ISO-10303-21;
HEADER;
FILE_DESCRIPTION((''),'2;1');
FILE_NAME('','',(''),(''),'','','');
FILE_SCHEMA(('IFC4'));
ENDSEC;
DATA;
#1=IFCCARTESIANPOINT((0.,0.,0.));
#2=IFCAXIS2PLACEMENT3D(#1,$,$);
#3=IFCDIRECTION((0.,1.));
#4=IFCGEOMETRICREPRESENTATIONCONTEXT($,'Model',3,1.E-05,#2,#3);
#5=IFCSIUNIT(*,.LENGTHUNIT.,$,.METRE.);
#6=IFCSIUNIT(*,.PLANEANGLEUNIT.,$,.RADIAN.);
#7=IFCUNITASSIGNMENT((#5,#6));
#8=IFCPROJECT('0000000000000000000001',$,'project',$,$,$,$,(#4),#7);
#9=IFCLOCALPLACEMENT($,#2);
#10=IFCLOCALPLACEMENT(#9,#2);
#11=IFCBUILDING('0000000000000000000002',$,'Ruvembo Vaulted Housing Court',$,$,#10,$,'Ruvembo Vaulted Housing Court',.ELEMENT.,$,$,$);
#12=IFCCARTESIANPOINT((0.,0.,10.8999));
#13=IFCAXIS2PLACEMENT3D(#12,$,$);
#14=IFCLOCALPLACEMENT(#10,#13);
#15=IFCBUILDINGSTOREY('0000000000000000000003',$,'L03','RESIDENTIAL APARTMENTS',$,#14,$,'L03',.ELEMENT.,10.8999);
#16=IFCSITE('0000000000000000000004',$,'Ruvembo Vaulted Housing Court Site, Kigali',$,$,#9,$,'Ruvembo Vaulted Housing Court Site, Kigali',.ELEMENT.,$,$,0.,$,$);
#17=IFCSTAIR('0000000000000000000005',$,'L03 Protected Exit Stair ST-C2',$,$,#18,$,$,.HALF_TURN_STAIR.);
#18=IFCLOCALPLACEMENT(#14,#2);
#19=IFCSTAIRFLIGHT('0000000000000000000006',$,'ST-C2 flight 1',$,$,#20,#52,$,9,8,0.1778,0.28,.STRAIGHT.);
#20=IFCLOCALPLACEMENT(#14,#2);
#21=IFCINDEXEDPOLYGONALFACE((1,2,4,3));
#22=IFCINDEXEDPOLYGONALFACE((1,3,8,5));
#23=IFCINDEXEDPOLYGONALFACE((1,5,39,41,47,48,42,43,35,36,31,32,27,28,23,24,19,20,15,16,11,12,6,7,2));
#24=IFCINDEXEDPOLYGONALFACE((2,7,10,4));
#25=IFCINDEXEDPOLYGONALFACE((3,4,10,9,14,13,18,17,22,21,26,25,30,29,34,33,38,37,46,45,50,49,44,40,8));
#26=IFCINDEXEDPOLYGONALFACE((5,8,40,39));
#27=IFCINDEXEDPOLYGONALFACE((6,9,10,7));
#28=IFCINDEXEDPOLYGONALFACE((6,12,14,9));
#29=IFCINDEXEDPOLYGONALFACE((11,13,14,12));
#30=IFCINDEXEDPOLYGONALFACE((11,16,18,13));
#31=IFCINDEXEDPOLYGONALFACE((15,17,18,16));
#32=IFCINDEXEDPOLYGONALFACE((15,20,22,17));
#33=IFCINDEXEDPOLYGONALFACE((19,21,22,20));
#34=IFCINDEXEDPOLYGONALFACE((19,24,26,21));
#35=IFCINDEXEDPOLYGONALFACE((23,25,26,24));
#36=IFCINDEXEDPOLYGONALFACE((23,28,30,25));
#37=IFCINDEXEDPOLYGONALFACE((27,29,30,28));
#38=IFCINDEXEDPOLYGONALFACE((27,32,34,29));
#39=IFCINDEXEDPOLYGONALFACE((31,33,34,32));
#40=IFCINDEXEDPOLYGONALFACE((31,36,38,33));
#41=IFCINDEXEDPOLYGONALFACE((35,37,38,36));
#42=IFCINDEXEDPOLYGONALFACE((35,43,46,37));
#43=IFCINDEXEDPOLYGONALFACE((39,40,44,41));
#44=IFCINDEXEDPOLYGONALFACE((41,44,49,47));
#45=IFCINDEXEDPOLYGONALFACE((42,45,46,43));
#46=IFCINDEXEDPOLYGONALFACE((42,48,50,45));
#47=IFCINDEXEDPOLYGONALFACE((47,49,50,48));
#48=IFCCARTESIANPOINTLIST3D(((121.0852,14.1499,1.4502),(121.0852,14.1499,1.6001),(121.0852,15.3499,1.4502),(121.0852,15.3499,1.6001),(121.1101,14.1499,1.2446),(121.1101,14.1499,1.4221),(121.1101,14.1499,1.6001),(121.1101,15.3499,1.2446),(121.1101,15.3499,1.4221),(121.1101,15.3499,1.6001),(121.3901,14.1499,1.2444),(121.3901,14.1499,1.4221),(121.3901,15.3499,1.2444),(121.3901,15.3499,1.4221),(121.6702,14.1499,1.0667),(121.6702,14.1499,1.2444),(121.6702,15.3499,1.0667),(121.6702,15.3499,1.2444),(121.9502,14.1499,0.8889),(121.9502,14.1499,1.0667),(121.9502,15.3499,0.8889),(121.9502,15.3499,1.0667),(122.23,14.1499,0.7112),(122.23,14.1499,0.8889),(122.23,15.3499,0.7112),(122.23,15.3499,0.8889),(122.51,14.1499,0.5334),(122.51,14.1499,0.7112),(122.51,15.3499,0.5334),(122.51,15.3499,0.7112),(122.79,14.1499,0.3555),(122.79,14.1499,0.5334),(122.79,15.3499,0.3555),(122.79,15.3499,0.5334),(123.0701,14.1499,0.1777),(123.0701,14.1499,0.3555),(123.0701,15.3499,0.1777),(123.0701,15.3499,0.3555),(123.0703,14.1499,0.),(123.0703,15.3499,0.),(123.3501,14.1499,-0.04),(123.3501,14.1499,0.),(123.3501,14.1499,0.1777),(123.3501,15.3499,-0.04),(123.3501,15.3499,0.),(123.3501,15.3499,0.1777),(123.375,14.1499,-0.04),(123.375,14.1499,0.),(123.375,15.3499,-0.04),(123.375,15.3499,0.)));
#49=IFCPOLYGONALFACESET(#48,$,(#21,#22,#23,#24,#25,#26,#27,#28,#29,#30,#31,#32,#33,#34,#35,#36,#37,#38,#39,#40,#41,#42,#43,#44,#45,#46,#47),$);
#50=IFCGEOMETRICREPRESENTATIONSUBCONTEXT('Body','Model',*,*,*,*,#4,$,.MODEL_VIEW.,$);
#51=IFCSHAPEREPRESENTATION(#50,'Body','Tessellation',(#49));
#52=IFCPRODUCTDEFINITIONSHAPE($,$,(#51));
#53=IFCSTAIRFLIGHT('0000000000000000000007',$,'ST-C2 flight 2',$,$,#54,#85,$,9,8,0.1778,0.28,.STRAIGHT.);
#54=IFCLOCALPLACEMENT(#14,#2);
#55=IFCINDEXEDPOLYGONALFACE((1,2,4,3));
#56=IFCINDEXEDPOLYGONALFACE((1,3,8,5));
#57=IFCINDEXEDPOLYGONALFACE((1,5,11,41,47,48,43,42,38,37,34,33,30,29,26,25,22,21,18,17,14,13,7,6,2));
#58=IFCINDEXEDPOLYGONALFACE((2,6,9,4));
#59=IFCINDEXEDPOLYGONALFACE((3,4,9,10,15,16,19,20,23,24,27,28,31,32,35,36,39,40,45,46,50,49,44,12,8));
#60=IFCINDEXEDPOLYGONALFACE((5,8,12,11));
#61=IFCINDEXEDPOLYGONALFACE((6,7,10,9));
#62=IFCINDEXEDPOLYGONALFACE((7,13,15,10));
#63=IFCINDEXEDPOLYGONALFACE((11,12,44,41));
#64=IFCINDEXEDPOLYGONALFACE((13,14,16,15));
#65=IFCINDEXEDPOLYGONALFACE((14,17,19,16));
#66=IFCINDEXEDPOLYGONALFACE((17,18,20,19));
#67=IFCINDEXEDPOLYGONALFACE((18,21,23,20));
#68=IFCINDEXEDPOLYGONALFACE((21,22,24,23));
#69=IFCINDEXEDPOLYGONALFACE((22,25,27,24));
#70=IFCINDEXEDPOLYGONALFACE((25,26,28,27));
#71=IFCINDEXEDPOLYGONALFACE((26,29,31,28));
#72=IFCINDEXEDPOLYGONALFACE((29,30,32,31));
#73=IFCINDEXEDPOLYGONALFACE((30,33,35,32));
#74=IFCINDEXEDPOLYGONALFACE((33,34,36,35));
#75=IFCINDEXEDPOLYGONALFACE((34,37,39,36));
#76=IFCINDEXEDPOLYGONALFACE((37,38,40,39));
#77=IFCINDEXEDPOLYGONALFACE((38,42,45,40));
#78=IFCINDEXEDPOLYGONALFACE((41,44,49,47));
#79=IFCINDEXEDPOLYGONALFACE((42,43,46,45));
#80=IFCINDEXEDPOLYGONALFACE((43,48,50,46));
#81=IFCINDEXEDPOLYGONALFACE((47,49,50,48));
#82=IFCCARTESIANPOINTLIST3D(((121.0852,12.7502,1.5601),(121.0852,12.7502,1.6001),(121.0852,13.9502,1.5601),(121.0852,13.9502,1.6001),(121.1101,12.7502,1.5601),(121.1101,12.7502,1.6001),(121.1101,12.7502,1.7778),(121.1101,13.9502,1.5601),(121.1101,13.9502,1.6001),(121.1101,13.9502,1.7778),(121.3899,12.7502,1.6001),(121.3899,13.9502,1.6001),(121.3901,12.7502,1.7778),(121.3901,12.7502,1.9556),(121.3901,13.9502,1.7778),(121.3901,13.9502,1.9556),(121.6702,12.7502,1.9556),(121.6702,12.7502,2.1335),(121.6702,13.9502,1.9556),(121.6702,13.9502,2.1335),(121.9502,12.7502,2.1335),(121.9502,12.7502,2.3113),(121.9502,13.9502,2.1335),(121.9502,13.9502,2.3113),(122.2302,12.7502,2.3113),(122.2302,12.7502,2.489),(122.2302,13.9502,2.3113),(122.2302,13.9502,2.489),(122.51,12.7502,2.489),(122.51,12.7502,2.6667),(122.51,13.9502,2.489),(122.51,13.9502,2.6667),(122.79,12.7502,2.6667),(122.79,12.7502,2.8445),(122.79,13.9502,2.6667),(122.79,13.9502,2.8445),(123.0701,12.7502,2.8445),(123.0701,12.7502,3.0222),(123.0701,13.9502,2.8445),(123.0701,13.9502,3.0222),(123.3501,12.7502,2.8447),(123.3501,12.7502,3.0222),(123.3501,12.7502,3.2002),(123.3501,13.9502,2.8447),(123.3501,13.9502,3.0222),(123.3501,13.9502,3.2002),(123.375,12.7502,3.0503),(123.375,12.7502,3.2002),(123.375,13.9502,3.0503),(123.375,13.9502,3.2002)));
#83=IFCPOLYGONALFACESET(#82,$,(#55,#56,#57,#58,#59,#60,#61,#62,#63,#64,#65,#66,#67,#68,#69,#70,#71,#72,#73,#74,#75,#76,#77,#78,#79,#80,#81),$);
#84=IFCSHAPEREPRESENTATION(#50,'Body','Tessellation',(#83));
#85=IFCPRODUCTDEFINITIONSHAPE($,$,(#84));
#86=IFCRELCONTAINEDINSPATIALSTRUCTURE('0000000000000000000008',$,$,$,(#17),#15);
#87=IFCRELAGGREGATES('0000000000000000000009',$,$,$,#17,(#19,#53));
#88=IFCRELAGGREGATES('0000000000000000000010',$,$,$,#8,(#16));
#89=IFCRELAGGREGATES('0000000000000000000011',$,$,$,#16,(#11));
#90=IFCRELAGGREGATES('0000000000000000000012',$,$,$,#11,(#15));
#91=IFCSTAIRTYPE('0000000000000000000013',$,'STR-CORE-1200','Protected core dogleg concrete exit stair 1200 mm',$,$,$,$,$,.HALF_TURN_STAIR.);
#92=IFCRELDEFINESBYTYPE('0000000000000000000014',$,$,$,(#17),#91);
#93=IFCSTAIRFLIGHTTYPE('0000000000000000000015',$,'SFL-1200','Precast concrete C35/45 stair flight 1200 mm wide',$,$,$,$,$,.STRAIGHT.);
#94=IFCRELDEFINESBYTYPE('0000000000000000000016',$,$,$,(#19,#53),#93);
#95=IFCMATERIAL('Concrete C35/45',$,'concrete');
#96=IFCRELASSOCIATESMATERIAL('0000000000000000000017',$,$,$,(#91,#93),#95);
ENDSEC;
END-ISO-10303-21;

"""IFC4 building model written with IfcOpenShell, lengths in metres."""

from ifc_helpers import new_model, si_unit, direction, frame, origin, place, context, subcontext, project, spatial, polyline, outline, extrude, material, type_object, element, aggregate, save


model = new_model("IFC4")

# Units and contexts
model_context = context("Model", 3, precision=1e-05, world=origin(), true_north=direction((0.0, 1.0)))
body_context = subcontext(model_context, "Body", "Model", "MODEL_VIEW")
ifc_project = project(units=[si_unit("LENGTHUNIT", "METRE"), si_unit("PLANEANGLEUNIT", "RADIAN")], contexts=[model_context])

# Site, building, storey
site_placement = place(None, origin())
site = spatial("IfcSite", under=ifc_project, at=site_placement, Name="Ruvembo Vaulted Housing Court Site, Kigali", LongName="Ruvembo Vaulted Housing Court Site, Kigali", CompositionType="ELEMENT", RefElevation=0.0)
building_placement = place(site_placement, origin())
building = spatial("IfcBuilding", under=site, at=building_placement, Name="Ruvembo Vaulted Housing Court", LongName="Ruvembo Vaulted Housing Court", CompositionType="ELEMENT")
storey_placement = place(building_placement, frame((0.0, 0.0, 10.8999)))
storey = spatial("IfcBuildingStorey", under=building, at=storey_placement, Name="L03", Description="RESIDENTIAL APARTMENTS", LongName="L03", CompositionType="ELEMENT", Elevation=10.8999)

# Shared definitions
ifc_material_1 = material(Name="Concrete C35/45", Category="concrete")

# Stair, stair flights
stair_type = type_object("IfcStairType", Name="STR-CORE-1200", Description="Protected core dogleg concrete exit stair 1200 mm", PredefinedType="HALF_TURN_STAIR", material=ifc_material_1)
stair_placement = place(storey_placement, origin())
stair = element("IfcStair", 1, at=stair_placement, inside=storey, type_object=stair_type, Name="L03 Protected Exit Stair ST-C2", PredefinedType="HALF_TURN_STAIR")
stair_flight_type = type_object("IfcStairFlightType", Name="SFL-1200", Description="Precast concrete C35/45 stair flight 1200 mm wide", PredefinedType="STRAIGHT", material=ifc_material_1)
stair_flight_1_placement = place(storey_placement, frame((123.3501, 14.75, 0.0), z_axis=(0.0, 0.0, 1.0), x_axis=(-1.0, 0.0, 0.0)))
stair_flight_1 = element("IfcStairFlight", 2, at=stair_flight_1_placement, type_object=stair_flight_type, Name="ST-C2 flight 1", NumberOfRisers=9, NumberOfTreads=8, PredefinedType="STRAIGHT", RiserHeight=0.1778, TreadLength=0.28, context=body_context, shape_type="SweptSolid", body=[
    extrude(outline(polyline([(-0.0249, -0.04), (-0.0249, 0.0), (0.0, 0.0), (0.0, 0.1777), (0.28, 0.1777), (0.28, 0.3555), (0.5601, 0.3555), (0.5601, 0.5334), (0.8401, 0.5334), (0.8401, 0.7112), (1.1201, 0.7112), (1.1201, 0.8889), (1.3999, 0.8889), (1.3999, 1.0667), (1.6799, 1.0667), (1.6799, 1.2444), (1.96, 1.2444), (1.96, 1.4221), (2.24, 1.4221), (2.24, 1.6001), (2.2649, 1.6001), (2.2649, 1.4502), (2.24, 1.2446), (0.2798, 0.0), (0.0, -0.04), (-0.0249, -0.04)])), frame((0.0, 0.6001, 0.0), z_axis=(0.0, -1.0, 0.0), x_axis=(1.0, 0.0, 0.0)), (0.0, 0.0, 1.0), 1.2),
])
stair_flight_2_placement = place(storey_placement, frame((121.1101, 13.3501, 1.6001), z_axis=(0.0, 0.0, 1.0), x_axis=(1.0, 0.0, 0.0)))
stair_flight_2 = element("IfcStairFlight", 3, at=stair_flight_2_placement, type_object=stair_flight_type, Name="ST-C2 flight 2", NumberOfRisers=9, NumberOfTreads=8, PredefinedType="STRAIGHT", RiserHeight=0.1778, TreadLength=0.28, context=body_context, shape_type="SweptSolid", body=[
    extrude(outline(polyline([(-0.0249, -0.04), (-0.0249, 0.0), (0.0, 0.0), (0.0, 0.1777), (0.28, 0.1777), (0.28, 0.3555), (0.5601, 0.3555), (0.5601, 0.5334), (0.8401, 0.5334), (0.8401, 0.7112), (1.1201, 0.7112), (1.1201, 0.8889), (1.3999, 0.8889), (1.3999, 1.0667), (1.6799, 1.0667), (1.6799, 1.2444), (1.96, 1.2444), (1.96, 1.4221), (2.24, 1.4221), (2.24, 1.6001), (2.2649, 1.6001), (2.2649, 1.4502), (2.24, 1.2446), (0.2798, 0.0), (0.0, -0.04), (-0.0249, -0.04)])), frame((0.0, 0.6001, 0.0), z_axis=(0.0, -1.0, 0.0), x_axis=(1.0, 0.0, 0.0)), (0.0, 0.0, 1.0), 1.2),
])
aggregate(stair, [stair_flight_1, stair_flight_2])

save(model, "model.ifc")
